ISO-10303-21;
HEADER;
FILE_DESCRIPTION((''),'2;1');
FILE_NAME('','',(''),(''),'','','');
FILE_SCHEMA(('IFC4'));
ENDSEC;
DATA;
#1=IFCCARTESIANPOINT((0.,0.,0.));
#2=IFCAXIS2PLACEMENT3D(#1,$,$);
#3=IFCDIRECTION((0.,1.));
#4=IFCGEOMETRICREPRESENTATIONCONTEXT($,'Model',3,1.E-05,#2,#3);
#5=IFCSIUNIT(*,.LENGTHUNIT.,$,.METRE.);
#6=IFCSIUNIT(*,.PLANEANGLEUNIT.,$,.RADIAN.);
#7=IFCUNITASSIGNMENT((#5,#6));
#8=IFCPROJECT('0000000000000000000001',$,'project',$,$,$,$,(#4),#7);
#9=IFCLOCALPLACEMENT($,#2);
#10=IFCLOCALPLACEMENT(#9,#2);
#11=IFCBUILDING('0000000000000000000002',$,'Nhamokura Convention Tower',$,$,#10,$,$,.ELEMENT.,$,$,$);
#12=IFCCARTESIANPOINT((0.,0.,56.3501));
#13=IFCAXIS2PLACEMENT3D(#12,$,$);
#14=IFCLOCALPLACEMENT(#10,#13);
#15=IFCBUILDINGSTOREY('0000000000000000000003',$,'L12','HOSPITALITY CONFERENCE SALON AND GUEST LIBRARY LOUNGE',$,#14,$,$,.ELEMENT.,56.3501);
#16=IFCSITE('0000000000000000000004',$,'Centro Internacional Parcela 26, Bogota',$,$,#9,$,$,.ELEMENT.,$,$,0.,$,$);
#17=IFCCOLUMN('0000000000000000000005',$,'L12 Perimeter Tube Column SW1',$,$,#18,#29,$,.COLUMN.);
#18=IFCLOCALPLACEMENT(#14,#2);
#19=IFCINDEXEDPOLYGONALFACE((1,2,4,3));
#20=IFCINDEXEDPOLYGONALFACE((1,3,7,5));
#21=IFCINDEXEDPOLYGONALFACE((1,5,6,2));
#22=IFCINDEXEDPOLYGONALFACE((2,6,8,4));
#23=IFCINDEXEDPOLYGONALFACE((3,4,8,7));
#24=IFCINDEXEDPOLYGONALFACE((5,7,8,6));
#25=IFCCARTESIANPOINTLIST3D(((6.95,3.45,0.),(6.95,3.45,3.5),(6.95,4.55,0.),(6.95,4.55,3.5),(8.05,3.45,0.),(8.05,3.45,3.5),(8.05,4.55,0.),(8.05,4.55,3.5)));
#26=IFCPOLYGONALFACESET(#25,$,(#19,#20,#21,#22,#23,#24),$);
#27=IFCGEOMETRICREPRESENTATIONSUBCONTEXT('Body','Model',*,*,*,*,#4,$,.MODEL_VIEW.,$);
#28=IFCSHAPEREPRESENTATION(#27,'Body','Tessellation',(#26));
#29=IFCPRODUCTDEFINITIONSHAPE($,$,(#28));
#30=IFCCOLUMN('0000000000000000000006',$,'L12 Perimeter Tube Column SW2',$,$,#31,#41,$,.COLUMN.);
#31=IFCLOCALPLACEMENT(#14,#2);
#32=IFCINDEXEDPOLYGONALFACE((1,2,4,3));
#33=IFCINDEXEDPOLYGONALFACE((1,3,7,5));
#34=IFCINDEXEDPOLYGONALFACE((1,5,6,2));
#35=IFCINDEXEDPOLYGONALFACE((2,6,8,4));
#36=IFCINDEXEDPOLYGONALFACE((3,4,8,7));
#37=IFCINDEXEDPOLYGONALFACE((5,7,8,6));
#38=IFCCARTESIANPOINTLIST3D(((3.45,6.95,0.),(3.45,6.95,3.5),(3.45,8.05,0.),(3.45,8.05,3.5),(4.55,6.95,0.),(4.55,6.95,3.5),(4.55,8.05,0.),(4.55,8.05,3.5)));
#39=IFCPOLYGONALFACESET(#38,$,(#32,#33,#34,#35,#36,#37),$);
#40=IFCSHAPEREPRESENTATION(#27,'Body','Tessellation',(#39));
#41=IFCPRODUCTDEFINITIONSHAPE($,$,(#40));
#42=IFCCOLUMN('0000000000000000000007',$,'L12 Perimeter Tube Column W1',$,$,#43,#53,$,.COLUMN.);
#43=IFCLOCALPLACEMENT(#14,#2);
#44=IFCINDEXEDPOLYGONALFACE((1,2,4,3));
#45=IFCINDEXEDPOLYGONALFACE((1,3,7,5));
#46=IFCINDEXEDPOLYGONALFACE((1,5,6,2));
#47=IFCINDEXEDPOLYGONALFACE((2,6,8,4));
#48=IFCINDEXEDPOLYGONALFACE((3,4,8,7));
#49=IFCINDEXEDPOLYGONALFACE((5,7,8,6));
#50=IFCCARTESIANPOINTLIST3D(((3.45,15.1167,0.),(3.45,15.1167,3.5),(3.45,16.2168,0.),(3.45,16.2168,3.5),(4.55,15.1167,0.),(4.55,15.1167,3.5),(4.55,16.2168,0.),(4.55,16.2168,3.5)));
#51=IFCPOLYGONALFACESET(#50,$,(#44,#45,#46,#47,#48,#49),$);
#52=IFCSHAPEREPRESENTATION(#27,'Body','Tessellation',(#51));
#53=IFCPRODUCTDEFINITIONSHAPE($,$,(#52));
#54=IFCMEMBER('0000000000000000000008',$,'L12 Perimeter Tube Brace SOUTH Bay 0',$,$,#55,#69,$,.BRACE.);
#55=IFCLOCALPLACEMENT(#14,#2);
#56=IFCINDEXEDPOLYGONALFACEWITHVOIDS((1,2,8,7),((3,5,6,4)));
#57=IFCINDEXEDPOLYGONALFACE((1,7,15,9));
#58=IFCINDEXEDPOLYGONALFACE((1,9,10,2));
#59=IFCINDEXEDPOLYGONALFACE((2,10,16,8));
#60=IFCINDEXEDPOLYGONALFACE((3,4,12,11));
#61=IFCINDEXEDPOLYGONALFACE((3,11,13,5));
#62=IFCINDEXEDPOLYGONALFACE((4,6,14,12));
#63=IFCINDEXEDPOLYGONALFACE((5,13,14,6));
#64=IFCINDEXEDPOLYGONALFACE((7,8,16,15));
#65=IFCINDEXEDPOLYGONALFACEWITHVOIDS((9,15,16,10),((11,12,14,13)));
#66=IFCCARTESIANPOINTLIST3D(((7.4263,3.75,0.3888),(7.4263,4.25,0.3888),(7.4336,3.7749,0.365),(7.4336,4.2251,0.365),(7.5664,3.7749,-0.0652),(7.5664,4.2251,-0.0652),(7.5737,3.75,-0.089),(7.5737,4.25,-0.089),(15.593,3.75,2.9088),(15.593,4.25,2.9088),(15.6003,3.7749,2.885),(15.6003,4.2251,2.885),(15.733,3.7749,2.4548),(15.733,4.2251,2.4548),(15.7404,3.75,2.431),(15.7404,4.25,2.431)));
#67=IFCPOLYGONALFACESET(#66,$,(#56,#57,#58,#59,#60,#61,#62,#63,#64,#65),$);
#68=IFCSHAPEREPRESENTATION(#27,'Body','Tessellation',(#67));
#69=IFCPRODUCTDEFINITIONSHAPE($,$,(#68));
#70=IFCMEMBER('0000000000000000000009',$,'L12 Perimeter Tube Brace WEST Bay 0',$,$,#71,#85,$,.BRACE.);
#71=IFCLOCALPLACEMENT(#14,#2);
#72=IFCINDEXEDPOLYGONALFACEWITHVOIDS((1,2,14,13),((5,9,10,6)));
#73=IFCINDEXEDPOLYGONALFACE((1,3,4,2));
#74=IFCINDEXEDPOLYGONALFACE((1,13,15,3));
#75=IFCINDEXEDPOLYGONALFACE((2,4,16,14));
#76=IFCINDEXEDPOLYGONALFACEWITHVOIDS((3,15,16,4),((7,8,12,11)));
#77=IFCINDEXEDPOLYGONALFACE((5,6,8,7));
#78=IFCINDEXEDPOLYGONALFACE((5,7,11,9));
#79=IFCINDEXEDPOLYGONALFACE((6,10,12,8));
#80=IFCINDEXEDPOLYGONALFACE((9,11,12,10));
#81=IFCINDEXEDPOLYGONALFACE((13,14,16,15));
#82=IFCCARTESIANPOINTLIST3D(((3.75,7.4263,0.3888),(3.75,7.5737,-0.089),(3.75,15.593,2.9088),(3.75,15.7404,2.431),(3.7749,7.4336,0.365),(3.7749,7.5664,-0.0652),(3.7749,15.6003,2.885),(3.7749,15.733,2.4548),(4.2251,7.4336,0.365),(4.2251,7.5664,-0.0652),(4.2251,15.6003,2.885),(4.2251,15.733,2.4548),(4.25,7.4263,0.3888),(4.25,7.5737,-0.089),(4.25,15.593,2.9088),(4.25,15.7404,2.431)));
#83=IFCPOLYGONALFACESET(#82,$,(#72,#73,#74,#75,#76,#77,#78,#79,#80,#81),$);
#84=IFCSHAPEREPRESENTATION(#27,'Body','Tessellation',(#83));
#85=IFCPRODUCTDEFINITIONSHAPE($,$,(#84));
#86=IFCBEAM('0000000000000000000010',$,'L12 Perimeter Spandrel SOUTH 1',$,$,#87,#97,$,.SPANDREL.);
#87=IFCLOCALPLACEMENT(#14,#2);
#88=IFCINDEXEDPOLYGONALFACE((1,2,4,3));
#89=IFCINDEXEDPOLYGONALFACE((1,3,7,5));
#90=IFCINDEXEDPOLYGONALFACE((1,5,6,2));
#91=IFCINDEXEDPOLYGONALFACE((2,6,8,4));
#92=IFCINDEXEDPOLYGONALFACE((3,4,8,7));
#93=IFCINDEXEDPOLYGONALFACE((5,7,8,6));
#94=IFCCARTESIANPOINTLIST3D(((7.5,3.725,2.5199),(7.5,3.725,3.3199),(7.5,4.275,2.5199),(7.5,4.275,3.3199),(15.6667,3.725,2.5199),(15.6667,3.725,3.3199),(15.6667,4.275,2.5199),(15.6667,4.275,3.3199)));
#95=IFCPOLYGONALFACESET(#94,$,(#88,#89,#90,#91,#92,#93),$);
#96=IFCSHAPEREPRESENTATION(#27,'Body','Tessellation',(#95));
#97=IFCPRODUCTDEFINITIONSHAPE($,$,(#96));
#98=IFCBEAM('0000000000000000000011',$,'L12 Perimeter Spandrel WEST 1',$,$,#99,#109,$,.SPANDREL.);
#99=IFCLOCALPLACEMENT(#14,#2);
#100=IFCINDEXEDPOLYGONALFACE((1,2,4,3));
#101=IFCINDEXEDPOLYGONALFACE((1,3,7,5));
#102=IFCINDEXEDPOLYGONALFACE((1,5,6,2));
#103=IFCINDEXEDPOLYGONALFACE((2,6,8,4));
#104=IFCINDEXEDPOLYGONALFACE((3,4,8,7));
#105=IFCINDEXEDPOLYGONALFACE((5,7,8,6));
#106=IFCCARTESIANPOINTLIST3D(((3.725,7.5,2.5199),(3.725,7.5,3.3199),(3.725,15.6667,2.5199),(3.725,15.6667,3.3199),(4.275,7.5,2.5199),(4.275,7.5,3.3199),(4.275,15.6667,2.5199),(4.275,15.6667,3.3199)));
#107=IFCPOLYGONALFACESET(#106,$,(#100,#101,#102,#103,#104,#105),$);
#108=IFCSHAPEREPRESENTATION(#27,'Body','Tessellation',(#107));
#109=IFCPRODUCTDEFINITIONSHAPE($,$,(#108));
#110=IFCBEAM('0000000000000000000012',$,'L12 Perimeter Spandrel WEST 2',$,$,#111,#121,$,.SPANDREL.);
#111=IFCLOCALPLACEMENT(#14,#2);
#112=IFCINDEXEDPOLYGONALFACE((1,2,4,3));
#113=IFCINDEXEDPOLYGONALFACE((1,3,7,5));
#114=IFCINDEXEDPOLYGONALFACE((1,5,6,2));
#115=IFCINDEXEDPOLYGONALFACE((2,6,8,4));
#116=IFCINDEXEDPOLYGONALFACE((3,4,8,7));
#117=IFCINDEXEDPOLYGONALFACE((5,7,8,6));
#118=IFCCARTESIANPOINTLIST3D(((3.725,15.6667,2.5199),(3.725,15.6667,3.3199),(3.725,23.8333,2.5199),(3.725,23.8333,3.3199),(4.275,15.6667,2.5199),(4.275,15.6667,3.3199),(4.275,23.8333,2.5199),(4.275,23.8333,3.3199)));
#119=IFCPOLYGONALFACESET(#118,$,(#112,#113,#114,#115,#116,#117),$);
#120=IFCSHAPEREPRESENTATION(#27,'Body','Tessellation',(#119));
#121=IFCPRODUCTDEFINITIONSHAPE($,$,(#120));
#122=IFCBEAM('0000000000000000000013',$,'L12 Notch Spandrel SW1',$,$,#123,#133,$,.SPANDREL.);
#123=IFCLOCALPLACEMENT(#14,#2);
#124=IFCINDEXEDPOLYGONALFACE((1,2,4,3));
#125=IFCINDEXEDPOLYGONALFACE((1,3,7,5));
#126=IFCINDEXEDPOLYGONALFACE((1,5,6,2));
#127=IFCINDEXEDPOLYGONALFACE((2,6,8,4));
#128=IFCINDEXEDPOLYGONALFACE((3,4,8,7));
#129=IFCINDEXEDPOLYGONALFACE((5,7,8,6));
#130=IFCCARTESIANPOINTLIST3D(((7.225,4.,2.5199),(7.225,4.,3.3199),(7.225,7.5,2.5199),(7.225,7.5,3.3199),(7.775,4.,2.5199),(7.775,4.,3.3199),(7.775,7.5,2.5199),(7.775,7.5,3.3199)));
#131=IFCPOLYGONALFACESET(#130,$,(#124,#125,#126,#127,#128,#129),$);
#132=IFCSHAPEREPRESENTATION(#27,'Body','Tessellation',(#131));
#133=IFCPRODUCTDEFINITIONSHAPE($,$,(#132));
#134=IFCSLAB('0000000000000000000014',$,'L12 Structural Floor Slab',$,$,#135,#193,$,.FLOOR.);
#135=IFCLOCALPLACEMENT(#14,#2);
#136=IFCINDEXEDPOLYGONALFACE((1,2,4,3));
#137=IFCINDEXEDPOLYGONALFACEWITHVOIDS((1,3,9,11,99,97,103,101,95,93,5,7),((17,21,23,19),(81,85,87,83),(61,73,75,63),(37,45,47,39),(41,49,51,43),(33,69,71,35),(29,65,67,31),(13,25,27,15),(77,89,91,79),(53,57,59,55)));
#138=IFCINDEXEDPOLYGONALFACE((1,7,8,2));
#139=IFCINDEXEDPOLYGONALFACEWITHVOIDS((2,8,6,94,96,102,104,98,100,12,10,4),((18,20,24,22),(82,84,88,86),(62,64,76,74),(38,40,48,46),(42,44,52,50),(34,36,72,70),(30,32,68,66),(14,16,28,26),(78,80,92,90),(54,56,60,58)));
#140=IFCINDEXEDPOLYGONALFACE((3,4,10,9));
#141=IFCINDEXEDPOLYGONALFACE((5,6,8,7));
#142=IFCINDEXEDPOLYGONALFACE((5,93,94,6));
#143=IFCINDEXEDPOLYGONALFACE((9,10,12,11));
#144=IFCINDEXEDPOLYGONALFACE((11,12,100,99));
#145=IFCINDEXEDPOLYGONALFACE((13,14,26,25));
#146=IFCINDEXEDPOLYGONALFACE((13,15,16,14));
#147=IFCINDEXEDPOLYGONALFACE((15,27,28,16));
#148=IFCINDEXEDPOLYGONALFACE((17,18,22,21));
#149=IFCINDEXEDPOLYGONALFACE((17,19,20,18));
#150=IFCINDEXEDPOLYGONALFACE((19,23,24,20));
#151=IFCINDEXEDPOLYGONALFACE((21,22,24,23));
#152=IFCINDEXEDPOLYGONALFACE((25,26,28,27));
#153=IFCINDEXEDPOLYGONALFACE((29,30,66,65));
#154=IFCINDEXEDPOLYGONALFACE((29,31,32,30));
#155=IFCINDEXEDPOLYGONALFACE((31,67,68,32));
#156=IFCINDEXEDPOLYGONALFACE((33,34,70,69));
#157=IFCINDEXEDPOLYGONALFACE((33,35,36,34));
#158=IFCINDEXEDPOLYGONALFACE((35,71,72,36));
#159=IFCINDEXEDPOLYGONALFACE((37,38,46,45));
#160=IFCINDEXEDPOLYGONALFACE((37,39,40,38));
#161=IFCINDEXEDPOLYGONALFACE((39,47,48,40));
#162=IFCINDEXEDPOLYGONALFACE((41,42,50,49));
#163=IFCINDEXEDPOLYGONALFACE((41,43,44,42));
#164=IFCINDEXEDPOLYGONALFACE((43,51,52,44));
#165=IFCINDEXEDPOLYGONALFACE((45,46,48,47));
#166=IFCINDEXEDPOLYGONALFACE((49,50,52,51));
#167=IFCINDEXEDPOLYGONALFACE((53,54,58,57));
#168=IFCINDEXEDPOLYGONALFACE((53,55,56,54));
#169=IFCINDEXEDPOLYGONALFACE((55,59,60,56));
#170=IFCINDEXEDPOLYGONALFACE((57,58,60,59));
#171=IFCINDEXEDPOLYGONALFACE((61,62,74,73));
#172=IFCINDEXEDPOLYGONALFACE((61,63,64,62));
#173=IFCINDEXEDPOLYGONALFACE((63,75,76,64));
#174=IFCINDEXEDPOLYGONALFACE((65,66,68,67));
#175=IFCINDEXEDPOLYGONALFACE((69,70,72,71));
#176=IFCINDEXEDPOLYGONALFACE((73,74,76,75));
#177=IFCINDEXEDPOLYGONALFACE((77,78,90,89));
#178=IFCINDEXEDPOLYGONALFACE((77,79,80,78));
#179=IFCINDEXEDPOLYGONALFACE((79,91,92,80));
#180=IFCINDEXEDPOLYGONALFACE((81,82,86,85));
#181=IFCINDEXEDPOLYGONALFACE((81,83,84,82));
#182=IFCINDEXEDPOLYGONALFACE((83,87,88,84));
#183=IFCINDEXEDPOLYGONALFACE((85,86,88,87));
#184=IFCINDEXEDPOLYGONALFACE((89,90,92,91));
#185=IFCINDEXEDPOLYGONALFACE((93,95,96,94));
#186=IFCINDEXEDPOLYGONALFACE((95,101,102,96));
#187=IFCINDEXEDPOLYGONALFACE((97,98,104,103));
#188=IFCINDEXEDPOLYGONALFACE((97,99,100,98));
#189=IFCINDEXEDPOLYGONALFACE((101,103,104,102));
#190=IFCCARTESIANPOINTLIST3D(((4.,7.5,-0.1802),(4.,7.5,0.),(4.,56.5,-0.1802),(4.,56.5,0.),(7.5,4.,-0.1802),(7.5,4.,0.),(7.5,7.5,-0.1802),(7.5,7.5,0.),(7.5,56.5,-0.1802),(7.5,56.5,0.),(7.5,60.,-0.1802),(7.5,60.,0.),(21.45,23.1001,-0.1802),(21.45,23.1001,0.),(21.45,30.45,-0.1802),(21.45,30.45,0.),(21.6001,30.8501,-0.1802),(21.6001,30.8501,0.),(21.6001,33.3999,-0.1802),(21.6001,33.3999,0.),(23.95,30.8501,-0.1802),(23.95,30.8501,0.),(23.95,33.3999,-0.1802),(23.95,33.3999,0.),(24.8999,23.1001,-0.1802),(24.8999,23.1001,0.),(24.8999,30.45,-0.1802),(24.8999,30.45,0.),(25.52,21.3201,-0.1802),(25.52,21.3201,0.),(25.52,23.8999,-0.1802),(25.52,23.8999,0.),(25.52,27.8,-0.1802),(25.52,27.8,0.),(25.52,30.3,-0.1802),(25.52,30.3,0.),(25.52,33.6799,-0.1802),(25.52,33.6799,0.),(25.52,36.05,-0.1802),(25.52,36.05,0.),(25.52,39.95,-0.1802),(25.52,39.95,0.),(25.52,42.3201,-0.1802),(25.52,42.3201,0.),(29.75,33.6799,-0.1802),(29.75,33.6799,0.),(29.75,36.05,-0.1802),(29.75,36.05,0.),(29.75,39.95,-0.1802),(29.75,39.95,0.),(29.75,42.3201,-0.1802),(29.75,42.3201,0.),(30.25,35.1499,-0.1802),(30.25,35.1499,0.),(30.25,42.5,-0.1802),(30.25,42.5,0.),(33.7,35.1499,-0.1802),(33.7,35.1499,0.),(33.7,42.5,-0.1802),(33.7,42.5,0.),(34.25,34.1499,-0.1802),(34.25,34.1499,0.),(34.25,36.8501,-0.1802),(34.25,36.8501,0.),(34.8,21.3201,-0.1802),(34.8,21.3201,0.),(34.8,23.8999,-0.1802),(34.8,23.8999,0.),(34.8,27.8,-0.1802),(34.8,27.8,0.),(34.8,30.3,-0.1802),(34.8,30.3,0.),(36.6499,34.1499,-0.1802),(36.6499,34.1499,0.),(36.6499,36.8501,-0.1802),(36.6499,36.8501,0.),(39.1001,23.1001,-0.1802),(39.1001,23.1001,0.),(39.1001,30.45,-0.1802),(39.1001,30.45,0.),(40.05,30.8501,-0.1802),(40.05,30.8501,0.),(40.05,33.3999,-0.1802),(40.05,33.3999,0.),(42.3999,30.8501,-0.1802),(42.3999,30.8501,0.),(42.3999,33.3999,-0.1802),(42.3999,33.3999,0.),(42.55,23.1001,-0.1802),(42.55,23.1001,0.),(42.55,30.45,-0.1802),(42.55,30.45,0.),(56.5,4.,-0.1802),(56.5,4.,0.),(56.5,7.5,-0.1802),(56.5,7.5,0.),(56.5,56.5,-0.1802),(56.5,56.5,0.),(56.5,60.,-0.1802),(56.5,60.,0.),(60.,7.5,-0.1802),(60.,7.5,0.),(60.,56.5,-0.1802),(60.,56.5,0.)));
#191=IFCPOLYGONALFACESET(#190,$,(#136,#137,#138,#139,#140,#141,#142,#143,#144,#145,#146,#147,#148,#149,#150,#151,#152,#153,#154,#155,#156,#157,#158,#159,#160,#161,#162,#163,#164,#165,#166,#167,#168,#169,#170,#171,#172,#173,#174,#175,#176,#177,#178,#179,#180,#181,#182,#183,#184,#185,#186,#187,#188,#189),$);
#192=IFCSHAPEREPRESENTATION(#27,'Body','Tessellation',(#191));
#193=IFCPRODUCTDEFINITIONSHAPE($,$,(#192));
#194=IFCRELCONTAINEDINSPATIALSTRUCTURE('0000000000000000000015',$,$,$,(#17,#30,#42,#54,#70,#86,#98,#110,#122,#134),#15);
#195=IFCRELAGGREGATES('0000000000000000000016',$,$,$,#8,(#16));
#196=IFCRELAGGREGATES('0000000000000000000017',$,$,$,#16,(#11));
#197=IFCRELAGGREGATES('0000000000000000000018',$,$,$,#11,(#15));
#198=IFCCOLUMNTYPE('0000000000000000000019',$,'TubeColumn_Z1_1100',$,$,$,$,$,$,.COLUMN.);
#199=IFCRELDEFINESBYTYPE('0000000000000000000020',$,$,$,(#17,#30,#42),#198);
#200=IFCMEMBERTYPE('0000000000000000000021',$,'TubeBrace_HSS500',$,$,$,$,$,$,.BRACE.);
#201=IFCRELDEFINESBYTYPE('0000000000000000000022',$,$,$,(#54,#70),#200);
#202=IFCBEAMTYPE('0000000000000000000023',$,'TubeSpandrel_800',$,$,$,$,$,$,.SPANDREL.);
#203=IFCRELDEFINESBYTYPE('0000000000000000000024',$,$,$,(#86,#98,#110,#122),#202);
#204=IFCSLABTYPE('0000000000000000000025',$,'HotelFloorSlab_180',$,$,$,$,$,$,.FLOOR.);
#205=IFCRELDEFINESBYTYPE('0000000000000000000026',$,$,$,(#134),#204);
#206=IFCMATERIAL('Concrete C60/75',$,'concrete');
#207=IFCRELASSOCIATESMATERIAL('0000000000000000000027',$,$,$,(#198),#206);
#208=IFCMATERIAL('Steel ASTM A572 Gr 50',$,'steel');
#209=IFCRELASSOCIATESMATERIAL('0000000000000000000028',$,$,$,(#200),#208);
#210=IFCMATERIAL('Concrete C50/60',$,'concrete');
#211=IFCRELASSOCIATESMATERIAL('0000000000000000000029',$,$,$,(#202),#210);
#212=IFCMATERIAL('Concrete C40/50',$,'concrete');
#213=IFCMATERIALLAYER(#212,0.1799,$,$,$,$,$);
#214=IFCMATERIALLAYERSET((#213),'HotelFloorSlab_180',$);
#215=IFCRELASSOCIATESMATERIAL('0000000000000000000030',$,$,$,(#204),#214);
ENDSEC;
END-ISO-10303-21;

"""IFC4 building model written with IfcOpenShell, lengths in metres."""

from ifc_helpers import new_model, si_unit, direction, frame, origin, origin_2d, place, context, subcontext, project, spatial, polyline, rectangle, hollow_rectangle, outline, extrude, material, layer, layer_set, material_profile, profile_set, type_object, element, save


model = new_model("IFC4")

# Units and contexts
model_context = context("Model", 3, precision=1e-05, world=origin(), true_north=direction((0.0, 1.0)))
body_context = subcontext(model_context, "Body", "Model", "MODEL_VIEW")
ifc_project = project(units=[si_unit("LENGTHUNIT", "METRE"), si_unit("PLANEANGLEUNIT", "RADIAN")], contexts=[model_context])

# Site, building, storey
site_placement = place(None, origin())
site = spatial("IfcSite", under=ifc_project, at=site_placement, Name="Centro Internacional Parcela 26, Bogota", CompositionType="ELEMENT", RefElevation=0.0)
building_placement = place(site_placement, origin())
building = spatial("IfcBuilding", under=site, at=building_placement, Name="Nhamokura Convention Tower", CompositionType="ELEMENT")
storey_placement = place(building_placement, frame((0.0, 0.0, 56.3501)))
storey = spatial("IfcBuildingStorey", under=building, at=storey_placement, Name="L12", Description="HOSPITALITY CONFERENCE SALON AND GUEST LIBRARY LOUNGE", CompositionType="ELEMENT", Elevation=56.3501)

# Columns
ifc_material_1 = material(Name="Concrete C60/75", Category="concrete")
ifc_material_profile_1 = material_profile(ifc_material_1, rectangle(XDim=1.1001, YDim=1.1001, at=origin_2d()))
ifc_profile_set_1 = profile_set([ifc_material_profile_1], Name="Concrete C60/75")
column_type = type_object("IfcColumnType", Name="TubeColumn_Z1_1100", PredefinedType="COLUMN", material=ifc_profile_set_1)
for number, where, z_axis, x_axis, name in (
    (1, (7.5, 4.0, 0.0), (0.0, 0.0, 1.0), (1.0, 0.0, 0.0), "L12 Perimeter Tube Column SW1"),
    (2, (4.0, 7.5, 0.0), (0.0, 0.0, 1.0), (1.0, 0.0, 0.0), "L12 Perimeter Tube Column SW2"),
    (3, (4.0, 15.6667, 0.0), (0.0, 0.0, 1.0), (1.0, 0.0, 0.0), "L12 Perimeter Tube Column W1"),
):
    element("IfcColumn", number, at=place(storey_placement, frame(where, z_axis=z_axis, x_axis=x_axis)), inside=storey, type_object=column_type, Name=name, PredefinedType="COLUMN", context=body_context, shape_type="SweptSolid", body=[
        extrude(rectangle(XDim=1.1001, YDim=1.1001, at=origin_2d()), origin(), (0.0, 0.0, 1.0), 3.5),
    ])

# Members
ifc_material_2 = material(Name="Steel ASTM A572 Gr 50", Category="steel")
ifc_material_profile_2 = material_profile(ifc_material_2, hollow_rectangle(XDim=0.5, YDim=0.5, WallThickness=0.0249, at=origin_2d()))
ifc_profile_set_2 = profile_set([ifc_material_profile_2], Name="Steel ASTM A572 Gr 50")
member_type = type_object("IfcMemberType", Name="TubeBrace_HSS500", PredefinedType="BRACE", material=ifc_profile_set_2)
for number, where, z_axis, x_axis, name in (
    (4, (7.5, 4.0, 0.1499), (0.955543, 0.0, 0.294853), (0.0, 1.0, 0.0), "L12 Perimeter Tube Brace SOUTH Bay 0"),
    (5, (4.0, 7.5, 0.1499), (0.0, 0.955543, 0.294853), (-1.0, 0.0, 0.0), "L12 Perimeter Tube Brace WEST Bay 0"),
):
    element("IfcMember", number, at=place(storey_placement, frame(where, z_axis=z_axis, x_axis=x_axis)), inside=storey, type_object=member_type, Name=name, PredefinedType="BRACE", context=body_context, shape_type="SweptSolid", body=[
        extrude(hollow_rectangle(XDim=0.5, YDim=0.5, WallThickness=0.0249, at=origin_2d()), origin(), (0.0, 0.0, 1.0), 8.5466),
    ])

# Beams
ifc_material_3 = material(Name="Concrete C50/60", Category="concrete")
ifc_material_profile_3 = material_profile(ifc_material_3, rectangle(XDim=0.55, YDim=0.8, at=origin_2d()))
ifc_profile_set_3 = profile_set([ifc_material_profile_3], Name="Concrete C50/60")
beam_type = type_object("IfcBeamType", Name="TubeSpandrel_800", PredefinedType="SPANDREL", material=ifc_profile_set_3)
for number, where, z_axis, x_axis, name in (
    (6, (7.5, 4.0, 2.9199), (1.0, 0.0, 0.0), (0.0, 1.0, 0.0), "L12 Perimeter Spandrel SOUTH 1"),
    (7, (4.0, 7.5, 2.9199), (0.0, 1.0, 0.0), (-1.0, 0.0, 0.0), "L12 Perimeter Spandrel WEST 1"),
):
    element("IfcBeam", number, at=place(storey_placement, frame(where, z_axis=z_axis, x_axis=x_axis)), inside=storey, type_object=beam_type, Name=name, PredefinedType="SPANDREL", context=body_context, shape_type="SweptSolid", body=[
        extrude(rectangle(XDim=0.55, YDim=0.8, at=origin_2d()), origin(), (0.0, 0.0, 1.0), 8.1667),
    ])
beam_1_placement = place(storey_placement, frame((4.0, 15.6667, 2.9199), z_axis=(0.0, 1.0, 0.0), x_axis=(-1.0, 0.0, 0.0)))
element("IfcBeam", 8, at=beam_1_placement, inside=storey, type_object=beam_type, Name="L12 Perimeter Spandrel WEST 2", PredefinedType="SPANDREL", context=body_context, shape_type="SweptSolid", body=[
    extrude(rectangle(XDim=0.55, YDim=0.8, at=origin_2d()), origin(), (0.0, 0.0, 1.0), 8.1665),
])
beam_2_placement = place(storey_placement, frame((7.5, 4.0, 2.9199), z_axis=(0.0, 1.0, 0.0), x_axis=(-1.0, 0.0, 0.0)))
element("IfcBeam", 9, at=beam_2_placement, inside=storey, type_object=beam_type, Name="L12 Notch Spandrel SW1", PredefinedType="SPANDREL", context=body_context, shape_type="SweptSolid", body=[
    extrude(rectangle(XDim=0.55, YDim=0.8, at=origin_2d()), origin(), (0.0, 0.0, 1.0), 3.5),
])

# Slab
ifc_material_4 = material(Name="Concrete C40/50", Category="concrete")
ifc_layer_1 = layer(ifc_material_4, 0.1799)
ifc_layer_set_1 = layer_set([ifc_layer_1], Name="HotelFloorSlab_180")
slab_type_1 = type_object("IfcSlabType", Name="HotelFloorSlab_180", PredefinedType="FLOOR", material=ifc_layer_set_1)
slab_1_placement = place(storey_placement, frame((0.0, 0.0, -0.1802)))
element("IfcSlab", 10, at=slab_1_placement, inside=storey, type_object=slab_type_1, Name="L12 Structural Floor Slab", PredefinedType="FLOOR", context=body_context, shape_type="SweptSolid", body=[
    extrude(outline(polyline([(7.5, 4.0), (56.5, 4.0), (56.5, 7.5), (60.0, 7.5), (60.0, 56.5), (56.5, 56.5), (56.5, 60.0), (7.5, 60.0), (7.5, 56.5), (4.0, 56.5), (4.0, 7.5), (7.5, 7.5), (7.5, 4.0)]), holes=[polyline([(24.8999, 23.1001), (24.8999, 30.45), (21.45, 30.45), (21.45, 23.1001), (24.8999, 23.1001)]), polyline([(42.55, 23.1001), (42.55, 30.45), (39.1001, 30.45), (39.1001, 23.1001), (42.55, 23.1001)]), polyline([(33.7, 35.1499), (33.7, 42.5), (30.25, 42.5), (30.25, 35.1499), (33.7, 35.1499)]), polyline([(21.6001, 30.8501), (23.95, 30.8501), (23.95, 33.3999), (21.6001, 33.3999), (21.6001, 30.8501)]), polyline([(40.05, 30.8501), (42.3999, 30.8501), (42.3999, 33.3999), (40.05, 33.3999), (40.05, 30.8501)]), polyline([(34.25, 34.1499), (36.6499, 34.1499), (36.6499, 36.8501), (34.25, 36.8501), (34.25, 34.1499)]), polyline([(25.52, 21.3201), (34.8, 21.3201), (34.8, 23.8999), (25.52, 23.8999), (25.52, 21.3201)]), polyline([(25.52, 27.8), (34.8, 27.8), (34.8, 30.3), (25.52, 30.3), (25.52, 27.8)]), polyline([(25.52, 33.6799), (29.75, 33.6799), (29.75, 36.05), (25.52, 36.05), (25.52, 33.6799)]), polyline([(25.52, 39.95), (29.75, 39.95), (29.75, 42.3201), (25.52, 42.3201), (25.52, 39.95)])]), origin(), (0.0, 0.0, 1.0), 0.1802),
])

save(model, "model.ifc")
